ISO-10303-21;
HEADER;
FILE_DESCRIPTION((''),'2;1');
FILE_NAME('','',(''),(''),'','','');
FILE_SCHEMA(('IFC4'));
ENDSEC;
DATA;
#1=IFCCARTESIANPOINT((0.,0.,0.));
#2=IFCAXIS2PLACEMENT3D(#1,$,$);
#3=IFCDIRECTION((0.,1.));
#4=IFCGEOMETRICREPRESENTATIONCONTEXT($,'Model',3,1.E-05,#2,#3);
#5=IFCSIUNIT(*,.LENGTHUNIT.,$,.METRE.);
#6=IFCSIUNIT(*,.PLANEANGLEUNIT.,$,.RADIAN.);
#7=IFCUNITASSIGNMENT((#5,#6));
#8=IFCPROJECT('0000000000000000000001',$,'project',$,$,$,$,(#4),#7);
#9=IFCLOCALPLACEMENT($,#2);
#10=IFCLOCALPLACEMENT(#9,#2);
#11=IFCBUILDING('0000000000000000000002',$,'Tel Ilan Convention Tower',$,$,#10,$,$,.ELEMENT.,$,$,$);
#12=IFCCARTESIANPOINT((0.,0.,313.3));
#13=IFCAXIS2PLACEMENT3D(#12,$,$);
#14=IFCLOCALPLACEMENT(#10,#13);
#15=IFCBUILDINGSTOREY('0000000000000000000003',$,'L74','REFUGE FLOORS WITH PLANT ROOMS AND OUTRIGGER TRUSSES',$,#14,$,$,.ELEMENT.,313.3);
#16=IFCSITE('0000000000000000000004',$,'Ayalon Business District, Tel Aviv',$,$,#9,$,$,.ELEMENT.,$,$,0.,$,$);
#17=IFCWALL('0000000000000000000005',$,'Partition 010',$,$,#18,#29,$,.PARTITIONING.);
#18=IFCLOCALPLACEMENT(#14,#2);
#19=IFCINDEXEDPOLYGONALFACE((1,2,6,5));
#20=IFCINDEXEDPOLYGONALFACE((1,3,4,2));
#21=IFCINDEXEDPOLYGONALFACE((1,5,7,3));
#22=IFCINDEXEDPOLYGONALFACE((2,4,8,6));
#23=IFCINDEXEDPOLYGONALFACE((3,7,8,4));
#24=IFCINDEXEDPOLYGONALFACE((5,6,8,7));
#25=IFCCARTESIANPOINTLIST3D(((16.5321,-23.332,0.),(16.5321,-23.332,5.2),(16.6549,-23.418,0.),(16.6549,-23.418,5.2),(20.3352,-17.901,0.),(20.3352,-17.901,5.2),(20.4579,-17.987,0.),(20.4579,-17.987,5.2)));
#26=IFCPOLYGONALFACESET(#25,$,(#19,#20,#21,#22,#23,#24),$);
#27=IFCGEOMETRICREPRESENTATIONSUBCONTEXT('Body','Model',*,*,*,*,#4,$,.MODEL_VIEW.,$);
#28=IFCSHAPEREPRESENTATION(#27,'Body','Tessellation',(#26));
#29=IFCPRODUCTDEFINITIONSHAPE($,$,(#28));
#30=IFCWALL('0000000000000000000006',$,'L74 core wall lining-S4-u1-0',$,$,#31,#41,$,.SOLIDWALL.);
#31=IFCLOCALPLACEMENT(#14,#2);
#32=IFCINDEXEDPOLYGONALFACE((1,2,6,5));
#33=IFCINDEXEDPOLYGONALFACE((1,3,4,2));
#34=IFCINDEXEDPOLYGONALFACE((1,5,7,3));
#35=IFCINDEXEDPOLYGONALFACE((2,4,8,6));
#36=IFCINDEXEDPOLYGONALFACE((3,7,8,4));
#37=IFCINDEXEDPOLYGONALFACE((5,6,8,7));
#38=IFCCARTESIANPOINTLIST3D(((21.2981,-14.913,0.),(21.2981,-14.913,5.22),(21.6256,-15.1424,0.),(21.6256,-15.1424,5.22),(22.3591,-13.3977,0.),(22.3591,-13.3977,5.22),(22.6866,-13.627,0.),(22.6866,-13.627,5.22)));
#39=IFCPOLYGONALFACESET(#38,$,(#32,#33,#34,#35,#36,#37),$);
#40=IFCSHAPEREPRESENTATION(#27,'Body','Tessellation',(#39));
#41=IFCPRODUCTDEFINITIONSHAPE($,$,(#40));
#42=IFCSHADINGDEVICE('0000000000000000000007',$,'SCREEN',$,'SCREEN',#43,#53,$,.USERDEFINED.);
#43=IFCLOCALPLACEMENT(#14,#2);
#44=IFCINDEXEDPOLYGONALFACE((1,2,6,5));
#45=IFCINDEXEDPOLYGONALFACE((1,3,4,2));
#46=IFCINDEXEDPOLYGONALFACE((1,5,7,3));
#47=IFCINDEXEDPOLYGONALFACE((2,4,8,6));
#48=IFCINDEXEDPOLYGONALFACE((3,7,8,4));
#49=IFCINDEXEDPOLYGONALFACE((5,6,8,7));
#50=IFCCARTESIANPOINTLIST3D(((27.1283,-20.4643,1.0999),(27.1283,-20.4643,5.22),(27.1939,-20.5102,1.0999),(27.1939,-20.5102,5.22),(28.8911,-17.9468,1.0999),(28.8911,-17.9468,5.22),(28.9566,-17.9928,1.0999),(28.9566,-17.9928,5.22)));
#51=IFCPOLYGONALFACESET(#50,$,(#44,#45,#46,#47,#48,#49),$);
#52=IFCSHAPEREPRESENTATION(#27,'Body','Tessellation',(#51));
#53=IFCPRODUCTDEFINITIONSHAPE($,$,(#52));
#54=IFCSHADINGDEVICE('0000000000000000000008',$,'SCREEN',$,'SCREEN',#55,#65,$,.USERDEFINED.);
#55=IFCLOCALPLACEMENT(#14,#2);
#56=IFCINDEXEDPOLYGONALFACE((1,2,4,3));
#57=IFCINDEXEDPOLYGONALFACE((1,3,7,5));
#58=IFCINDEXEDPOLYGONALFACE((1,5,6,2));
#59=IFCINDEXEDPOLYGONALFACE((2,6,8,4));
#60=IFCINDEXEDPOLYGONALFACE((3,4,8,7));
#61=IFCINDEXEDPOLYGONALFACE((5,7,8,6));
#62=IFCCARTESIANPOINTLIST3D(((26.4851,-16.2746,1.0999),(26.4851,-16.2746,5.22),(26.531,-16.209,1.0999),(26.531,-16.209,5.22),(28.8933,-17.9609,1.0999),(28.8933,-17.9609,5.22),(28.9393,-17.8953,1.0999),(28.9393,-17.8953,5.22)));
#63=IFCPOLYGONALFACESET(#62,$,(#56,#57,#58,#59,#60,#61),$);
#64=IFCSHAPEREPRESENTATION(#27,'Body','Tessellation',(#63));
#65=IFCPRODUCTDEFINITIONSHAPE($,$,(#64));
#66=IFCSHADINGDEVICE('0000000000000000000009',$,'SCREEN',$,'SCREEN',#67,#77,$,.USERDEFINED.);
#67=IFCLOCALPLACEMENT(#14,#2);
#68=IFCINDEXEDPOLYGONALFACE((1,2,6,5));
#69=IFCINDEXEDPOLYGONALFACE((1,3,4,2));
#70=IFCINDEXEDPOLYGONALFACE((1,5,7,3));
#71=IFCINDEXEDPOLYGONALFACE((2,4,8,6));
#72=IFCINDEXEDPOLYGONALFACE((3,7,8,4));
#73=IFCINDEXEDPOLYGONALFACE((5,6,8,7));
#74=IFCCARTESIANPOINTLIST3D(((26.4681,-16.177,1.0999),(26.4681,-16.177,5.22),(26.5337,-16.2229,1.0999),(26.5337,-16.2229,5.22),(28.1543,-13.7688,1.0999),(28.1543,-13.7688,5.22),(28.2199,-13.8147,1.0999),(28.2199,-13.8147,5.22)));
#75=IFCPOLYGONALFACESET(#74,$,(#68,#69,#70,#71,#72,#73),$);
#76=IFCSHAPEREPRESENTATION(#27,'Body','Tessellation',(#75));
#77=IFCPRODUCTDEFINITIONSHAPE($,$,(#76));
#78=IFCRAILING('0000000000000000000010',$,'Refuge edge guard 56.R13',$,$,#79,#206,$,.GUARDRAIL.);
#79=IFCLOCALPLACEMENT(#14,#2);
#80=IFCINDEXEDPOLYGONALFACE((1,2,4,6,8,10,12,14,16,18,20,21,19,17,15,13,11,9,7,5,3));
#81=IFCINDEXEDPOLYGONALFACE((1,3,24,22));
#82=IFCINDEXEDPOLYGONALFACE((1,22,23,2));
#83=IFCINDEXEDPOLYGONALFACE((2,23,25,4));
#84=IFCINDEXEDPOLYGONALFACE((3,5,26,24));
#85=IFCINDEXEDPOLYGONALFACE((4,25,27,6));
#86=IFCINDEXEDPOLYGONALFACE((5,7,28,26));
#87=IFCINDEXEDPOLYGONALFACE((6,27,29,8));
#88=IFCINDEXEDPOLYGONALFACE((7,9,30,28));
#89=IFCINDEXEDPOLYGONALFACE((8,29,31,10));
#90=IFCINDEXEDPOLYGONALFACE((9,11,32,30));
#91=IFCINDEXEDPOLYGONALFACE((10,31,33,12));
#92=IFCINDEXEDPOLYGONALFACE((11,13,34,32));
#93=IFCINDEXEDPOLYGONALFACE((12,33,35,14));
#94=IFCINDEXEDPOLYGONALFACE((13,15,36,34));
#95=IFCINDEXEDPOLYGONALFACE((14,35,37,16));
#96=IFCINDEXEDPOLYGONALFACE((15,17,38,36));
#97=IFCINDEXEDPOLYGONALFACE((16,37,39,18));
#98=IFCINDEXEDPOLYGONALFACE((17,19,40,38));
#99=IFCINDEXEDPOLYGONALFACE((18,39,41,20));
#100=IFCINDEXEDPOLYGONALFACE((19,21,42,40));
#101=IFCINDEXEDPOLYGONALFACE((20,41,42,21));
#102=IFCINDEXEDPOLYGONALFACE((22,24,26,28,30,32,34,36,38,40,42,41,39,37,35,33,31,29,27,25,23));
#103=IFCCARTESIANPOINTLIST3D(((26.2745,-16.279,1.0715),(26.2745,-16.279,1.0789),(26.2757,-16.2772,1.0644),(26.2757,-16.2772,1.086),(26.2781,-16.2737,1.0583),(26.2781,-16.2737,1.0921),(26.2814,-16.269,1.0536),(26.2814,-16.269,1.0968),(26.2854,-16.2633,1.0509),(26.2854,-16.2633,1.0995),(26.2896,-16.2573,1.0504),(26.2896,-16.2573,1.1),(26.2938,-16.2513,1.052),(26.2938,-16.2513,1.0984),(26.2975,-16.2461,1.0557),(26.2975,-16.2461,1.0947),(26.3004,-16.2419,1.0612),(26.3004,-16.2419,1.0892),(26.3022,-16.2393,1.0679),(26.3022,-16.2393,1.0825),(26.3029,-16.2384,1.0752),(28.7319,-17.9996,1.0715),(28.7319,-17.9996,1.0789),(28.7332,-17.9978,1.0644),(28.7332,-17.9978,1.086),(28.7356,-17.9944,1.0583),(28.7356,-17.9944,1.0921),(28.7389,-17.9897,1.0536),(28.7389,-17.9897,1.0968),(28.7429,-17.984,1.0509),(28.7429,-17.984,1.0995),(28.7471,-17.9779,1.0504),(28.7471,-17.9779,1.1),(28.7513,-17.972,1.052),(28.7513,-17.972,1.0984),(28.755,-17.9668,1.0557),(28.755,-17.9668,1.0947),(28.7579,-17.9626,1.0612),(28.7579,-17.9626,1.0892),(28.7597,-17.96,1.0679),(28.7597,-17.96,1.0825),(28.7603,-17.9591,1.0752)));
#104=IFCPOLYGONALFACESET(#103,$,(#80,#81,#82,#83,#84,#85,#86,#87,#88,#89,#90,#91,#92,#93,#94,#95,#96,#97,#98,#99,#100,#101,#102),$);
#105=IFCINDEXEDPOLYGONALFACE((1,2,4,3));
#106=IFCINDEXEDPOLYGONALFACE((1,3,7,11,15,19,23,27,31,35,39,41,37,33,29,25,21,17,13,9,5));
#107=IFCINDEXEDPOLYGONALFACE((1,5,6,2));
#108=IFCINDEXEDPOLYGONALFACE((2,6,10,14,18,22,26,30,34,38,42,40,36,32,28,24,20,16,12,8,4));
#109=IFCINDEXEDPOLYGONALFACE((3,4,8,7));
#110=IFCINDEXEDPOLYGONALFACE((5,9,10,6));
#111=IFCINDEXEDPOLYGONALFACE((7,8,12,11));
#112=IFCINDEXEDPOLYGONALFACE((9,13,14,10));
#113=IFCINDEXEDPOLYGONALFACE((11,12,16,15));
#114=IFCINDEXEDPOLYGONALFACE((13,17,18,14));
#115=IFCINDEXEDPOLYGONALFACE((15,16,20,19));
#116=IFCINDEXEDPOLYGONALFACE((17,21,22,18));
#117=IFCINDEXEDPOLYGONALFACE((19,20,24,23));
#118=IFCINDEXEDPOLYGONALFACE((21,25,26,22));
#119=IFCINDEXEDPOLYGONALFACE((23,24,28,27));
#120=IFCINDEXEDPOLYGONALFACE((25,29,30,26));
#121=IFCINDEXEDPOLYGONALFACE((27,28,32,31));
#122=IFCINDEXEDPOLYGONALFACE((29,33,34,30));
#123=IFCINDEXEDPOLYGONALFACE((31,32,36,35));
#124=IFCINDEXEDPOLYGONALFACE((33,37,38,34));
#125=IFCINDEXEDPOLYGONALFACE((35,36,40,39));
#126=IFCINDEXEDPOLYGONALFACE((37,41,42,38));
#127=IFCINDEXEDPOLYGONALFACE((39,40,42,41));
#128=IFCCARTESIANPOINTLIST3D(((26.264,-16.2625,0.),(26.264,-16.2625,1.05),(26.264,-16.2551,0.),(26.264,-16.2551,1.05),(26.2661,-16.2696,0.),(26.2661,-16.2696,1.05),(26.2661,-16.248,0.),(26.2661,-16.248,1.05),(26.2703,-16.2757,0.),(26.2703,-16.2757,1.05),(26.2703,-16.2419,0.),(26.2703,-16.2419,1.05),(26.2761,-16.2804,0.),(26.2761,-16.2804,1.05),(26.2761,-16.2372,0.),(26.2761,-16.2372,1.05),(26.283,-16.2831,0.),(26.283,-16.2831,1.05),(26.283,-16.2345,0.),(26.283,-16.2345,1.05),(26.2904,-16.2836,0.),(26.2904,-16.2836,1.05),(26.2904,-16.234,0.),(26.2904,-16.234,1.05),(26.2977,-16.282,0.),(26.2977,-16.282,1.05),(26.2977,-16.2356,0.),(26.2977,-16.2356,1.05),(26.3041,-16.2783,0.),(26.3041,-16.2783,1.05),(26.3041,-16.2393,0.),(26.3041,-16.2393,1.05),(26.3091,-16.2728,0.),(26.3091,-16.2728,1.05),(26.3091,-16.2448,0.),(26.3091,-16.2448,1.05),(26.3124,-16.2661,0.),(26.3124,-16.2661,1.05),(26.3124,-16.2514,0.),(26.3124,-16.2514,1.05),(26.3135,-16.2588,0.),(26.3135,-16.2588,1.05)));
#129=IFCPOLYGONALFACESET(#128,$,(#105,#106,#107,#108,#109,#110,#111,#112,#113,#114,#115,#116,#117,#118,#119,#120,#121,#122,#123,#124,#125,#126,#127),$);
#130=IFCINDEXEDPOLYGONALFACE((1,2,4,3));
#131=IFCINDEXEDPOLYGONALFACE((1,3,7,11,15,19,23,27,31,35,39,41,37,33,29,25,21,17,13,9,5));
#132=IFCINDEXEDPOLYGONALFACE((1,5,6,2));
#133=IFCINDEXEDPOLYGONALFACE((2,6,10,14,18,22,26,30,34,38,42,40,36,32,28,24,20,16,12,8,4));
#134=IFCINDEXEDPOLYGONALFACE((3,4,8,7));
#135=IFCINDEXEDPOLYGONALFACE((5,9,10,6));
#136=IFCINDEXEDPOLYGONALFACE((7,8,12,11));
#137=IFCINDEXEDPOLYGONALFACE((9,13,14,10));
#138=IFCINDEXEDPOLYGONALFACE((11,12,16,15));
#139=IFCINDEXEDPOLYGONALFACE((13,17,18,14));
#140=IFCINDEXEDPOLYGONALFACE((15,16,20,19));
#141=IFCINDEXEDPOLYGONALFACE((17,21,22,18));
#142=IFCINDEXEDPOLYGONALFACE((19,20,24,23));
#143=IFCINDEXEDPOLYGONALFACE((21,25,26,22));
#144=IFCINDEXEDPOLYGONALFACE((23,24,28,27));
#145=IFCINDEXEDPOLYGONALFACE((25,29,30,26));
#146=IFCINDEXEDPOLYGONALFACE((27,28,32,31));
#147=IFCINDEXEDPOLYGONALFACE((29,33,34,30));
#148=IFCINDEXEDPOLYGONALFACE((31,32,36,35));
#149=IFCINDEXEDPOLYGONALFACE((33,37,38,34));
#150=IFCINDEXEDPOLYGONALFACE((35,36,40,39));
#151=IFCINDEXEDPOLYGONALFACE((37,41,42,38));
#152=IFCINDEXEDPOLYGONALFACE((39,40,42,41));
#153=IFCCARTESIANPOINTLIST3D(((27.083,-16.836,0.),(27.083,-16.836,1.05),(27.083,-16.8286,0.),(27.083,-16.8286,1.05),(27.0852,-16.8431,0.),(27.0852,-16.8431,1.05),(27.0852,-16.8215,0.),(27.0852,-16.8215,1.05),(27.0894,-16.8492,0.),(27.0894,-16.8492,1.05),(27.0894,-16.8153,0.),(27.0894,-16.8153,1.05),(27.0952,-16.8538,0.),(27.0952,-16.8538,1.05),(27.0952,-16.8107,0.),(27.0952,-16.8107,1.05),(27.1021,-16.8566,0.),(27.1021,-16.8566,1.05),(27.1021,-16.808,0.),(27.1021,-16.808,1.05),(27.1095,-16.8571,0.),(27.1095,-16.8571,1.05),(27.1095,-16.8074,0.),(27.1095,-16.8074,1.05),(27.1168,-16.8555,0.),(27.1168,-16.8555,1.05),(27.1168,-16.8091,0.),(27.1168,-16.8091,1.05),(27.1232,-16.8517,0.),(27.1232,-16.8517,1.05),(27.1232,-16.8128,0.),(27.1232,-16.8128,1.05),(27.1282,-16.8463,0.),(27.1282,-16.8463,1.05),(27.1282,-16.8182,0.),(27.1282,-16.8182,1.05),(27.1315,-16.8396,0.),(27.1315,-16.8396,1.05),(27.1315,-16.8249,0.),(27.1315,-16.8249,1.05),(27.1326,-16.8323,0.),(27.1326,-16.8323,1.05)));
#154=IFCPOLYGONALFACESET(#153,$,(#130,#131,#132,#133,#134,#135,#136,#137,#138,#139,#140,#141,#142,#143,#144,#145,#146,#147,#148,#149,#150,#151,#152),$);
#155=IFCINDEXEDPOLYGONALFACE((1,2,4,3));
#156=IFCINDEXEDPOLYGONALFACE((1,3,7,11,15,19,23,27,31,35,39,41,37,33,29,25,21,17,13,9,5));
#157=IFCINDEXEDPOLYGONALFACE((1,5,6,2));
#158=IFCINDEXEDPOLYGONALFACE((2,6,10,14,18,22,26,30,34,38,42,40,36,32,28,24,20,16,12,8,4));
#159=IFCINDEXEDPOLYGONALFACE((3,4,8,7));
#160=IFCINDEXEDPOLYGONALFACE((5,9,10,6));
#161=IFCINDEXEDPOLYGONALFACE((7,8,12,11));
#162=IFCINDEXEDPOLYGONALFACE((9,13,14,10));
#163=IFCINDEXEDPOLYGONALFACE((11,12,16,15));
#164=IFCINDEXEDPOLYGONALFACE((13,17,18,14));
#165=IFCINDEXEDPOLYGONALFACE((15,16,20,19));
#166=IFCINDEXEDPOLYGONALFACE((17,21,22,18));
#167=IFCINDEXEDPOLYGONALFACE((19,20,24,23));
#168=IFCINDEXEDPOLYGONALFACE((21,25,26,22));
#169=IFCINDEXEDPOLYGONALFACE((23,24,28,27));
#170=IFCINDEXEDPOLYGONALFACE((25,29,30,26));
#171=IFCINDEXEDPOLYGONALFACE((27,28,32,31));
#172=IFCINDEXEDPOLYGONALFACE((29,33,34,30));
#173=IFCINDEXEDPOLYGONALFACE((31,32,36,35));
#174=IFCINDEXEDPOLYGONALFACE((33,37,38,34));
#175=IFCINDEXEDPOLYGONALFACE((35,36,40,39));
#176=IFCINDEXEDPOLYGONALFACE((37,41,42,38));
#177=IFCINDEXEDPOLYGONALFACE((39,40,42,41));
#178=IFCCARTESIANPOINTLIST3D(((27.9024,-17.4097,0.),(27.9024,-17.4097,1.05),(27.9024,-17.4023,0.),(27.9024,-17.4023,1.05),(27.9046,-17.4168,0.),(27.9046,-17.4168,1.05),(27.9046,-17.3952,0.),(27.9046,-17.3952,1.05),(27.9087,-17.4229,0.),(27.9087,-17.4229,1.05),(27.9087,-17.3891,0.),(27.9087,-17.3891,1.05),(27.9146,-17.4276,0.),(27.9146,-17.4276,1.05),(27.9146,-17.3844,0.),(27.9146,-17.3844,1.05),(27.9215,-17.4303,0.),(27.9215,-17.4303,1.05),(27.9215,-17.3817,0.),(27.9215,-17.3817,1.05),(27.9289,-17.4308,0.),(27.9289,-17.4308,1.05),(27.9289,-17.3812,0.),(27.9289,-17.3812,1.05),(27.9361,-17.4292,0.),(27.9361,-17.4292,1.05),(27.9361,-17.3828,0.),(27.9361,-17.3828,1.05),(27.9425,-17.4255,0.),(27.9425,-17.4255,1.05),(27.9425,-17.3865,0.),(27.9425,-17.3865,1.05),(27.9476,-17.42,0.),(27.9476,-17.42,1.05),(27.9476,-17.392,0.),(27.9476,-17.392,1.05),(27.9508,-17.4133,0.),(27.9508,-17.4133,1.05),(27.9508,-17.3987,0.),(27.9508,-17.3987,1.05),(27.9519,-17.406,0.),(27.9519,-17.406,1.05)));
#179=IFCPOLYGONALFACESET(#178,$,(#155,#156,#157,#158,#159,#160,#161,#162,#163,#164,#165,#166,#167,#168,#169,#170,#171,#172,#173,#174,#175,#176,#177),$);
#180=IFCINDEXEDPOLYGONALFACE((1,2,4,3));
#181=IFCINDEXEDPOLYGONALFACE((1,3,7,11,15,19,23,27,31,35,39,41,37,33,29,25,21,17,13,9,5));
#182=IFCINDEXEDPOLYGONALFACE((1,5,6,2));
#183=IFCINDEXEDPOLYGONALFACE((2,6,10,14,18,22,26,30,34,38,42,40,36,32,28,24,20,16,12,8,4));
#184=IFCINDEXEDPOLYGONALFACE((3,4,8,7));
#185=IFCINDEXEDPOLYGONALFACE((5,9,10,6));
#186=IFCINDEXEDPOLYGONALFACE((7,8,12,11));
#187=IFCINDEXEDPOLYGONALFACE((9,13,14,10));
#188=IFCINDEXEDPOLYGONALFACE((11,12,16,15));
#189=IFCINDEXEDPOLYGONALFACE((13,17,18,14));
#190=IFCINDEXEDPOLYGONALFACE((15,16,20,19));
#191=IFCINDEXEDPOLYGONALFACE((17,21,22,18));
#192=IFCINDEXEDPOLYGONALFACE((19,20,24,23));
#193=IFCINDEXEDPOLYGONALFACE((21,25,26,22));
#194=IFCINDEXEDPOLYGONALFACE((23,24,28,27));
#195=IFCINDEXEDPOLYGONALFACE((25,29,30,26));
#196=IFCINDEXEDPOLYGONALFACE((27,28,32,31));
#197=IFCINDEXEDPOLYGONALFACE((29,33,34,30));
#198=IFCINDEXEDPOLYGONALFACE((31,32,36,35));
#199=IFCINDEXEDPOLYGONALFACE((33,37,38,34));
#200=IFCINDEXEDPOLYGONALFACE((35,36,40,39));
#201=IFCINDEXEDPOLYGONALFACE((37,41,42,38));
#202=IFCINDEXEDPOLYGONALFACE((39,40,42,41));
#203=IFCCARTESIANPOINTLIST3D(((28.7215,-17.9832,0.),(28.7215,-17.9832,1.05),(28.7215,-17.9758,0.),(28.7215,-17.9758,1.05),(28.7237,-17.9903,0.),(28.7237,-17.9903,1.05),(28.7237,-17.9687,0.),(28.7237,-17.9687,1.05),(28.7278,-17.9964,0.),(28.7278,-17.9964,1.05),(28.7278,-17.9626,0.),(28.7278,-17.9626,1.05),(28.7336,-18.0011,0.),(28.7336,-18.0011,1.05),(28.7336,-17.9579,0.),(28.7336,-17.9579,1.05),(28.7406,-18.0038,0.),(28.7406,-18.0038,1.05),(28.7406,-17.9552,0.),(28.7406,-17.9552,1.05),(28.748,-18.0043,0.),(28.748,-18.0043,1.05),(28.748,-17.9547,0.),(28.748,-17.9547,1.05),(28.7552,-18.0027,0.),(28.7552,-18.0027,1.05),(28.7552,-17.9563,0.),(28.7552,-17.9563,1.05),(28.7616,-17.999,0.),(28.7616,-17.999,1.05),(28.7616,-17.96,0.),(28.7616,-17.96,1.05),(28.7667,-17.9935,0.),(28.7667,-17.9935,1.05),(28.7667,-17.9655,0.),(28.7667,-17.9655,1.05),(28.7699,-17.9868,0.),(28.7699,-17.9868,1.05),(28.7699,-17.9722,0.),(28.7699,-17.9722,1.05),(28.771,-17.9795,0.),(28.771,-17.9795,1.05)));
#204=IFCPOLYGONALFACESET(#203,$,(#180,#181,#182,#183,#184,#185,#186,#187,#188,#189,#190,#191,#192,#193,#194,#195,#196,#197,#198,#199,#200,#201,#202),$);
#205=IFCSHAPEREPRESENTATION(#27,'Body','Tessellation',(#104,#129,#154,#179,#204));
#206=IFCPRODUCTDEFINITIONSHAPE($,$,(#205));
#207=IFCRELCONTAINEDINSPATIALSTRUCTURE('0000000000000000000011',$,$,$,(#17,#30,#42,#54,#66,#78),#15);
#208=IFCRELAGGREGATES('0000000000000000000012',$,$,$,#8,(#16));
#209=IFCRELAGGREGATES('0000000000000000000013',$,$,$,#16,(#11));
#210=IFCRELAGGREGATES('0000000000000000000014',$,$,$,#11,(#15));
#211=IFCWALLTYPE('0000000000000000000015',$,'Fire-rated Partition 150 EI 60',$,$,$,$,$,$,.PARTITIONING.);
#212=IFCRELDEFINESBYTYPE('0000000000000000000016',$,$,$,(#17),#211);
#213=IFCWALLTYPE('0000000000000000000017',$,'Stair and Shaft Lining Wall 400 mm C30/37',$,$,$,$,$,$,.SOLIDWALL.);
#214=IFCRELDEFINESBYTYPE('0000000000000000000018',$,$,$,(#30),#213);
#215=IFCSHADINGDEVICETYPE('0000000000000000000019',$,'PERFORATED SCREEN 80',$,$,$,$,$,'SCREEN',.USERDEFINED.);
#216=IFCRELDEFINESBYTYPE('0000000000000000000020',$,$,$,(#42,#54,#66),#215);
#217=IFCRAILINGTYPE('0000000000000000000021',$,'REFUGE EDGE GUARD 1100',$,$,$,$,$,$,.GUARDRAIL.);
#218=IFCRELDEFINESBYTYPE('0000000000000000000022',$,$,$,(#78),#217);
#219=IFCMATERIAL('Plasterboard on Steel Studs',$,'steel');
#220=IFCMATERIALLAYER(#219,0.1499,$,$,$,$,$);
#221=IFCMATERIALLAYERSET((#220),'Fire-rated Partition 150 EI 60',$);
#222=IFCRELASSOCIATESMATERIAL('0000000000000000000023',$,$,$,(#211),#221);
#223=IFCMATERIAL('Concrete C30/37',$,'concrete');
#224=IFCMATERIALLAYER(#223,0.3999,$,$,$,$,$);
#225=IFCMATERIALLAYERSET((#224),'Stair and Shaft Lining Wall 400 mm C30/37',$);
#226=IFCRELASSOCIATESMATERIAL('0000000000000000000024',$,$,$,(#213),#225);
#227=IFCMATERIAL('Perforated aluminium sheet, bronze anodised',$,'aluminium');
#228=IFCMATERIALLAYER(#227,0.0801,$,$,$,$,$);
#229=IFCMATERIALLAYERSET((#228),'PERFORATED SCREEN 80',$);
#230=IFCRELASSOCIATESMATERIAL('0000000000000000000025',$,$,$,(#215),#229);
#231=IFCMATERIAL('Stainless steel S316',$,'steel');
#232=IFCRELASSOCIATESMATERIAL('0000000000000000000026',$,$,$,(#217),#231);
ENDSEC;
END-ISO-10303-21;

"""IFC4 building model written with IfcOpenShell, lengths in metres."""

from ifc_helpers import new_model, si_unit, direction, frame, frame_2d, origin, origin_2d, place, context, subcontext, project, spatial, rectangle, circle, extrude, material, layer, layer_set, type_object, element, save


model = new_model("IFC4")

# Units and contexts
model_context = context("Model", 3, precision=1e-05, world=origin(), true_north=direction((0.0, 1.0)))
body_context = subcontext(model_context, "Body", "Model", "MODEL_VIEW")
ifc_project = project(units=[si_unit("LENGTHUNIT", "METRE"), si_unit("PLANEANGLEUNIT", "RADIAN")], contexts=[model_context])

# Site, building, storey
site_placement = place(None, origin())
site = spatial("IfcSite", under=ifc_project, at=site_placement, Name="Ayalon Business District, Tel Aviv", CompositionType="ELEMENT", RefElevation=0.0)
building_placement = place(site_placement, origin())
building = spatial("IfcBuilding", under=site, at=building_placement, Name="Tel Ilan Convention Tower", CompositionType="ELEMENT")
storey_placement = place(building_placement, frame((0.0, 0.0, 313.3)))
storey = spatial("IfcBuildingStorey", under=building, at=storey_placement, Name="L74", Description="REFUGE FLOORS WITH PLANT ROOMS AND OUTRIGGER TRUSSES", CompositionType="ELEMENT", Elevation=313.3)

# Shared definitions
ifc_material_1 = material(Name="Plasterboard on Steel Studs", Category="steel")
ifc_layer_1 = layer(ifc_material_1, 0.1499)
ifc_layer_set_1 = layer_set([ifc_layer_1], Name="Fire-rated Partition 150 EI 60")
wall_type_1 = type_object("IfcWallType", Name="Fire-rated Partition 150 EI 60", PredefinedType="PARTITIONING", material=ifc_layer_set_1)

# Walls
wall_1_placement = place(storey_placement, frame((20.3965, -17.9441, 0.0), z_axis=(0.0, 0.0, 1.0), x_axis=(-0.573598, -0.819137, 0.0)))
element("IfcWall", 1, at=wall_1_placement, inside=storey, type_object=wall_type_1, Name="Partition 010", PredefinedType="PARTITIONING", context=body_context, shape_type="SweptSolid", body=[
    extrude(rectangle(XDim=6.6301, YDim=0.1499, at=frame_2d((3.3149, 0.0))), origin(), (0.0, 0.0, 1.0), 5.2),
])
ifc_material_2 = material(Name="Concrete C30/37", Category="concrete")
ifc_layer_2 = layer(ifc_material_2, 0.3999)
ifc_layer_set_2 = layer_set([ifc_layer_2], Name="Stair and Shaft Lining Wall 400 mm C30/37")
wall_type_2 = type_object("IfcWallType", Name="Stair and Shaft Lining Wall 400 mm C30/37", PredefinedType="SOLIDWALL", material=ifc_layer_set_2)
wall_2_placement = place(storey_placement, frame((21.4619, -15.0276, 0.0), z_axis=(0.0, 0.0, 1.0), x_axis=(0.57356, 0.819164, 0.0)))
element("IfcWall", 2, at=wall_2_placement, inside=storey, type_object=wall_type_2, Name="L74 core wall lining-S4-u1-0", PredefinedType="SOLIDWALL", context=body_context, shape_type="SweptSolid", body=[
    extrude(rectangle(XDim=1.8499, YDim=0.3999, at=frame_2d((0.9248, 0.0))), origin(), (0.0, 0.0, 1.0), 5.22),
])

# Shading devices
ifc_material_3 = material(Name="Perforated aluminium sheet, bronze anodised", Category="aluminium")
ifc_layer_3 = layer(ifc_material_3, 0.0801)
ifc_layer_set_3 = layer_set([ifc_layer_3], Name="PERFORATED SCREEN 80")
shading_device_type_1 = type_object("IfcShadingDeviceType", Name="PERFORATED SCREEN 80", ElementType="SCREEN", PredefinedType="USERDEFINED", material=ifc_layer_set_3)
shading_device_placement = place(storey_placement, frame((28.0425, -19.2285, 1.0999), z_axis=(0.0, 0.0, 1.0), x_axis=(0.573576, 0.819152, 0.0)))
element("IfcShadingDevice", 3, at=shading_device_placement, inside=storey, type_object=shading_device_type_1, Name="SCREEN", ObjectType="SCREEN", PredefinedType="USERDEFINED", context=body_context, shape_type="SweptSolid", body=[
    extrude(rectangle(XDim=3.0732, YDim=0.0801, at=origin_2d()), origin(), (0.0, 0.0, 1.0), 4.1201),
])
for number, where, z_axis, x_axis, name in (
    (4, (27.7122, -17.085, 1.0999), (0.0, 0.0, 1.0), (-0.819152, 0.573576, 0.0), "SCREEN"),
    (5, (27.344, -14.9958, 1.0999), (0.0, 0.0, 1.0), (0.573576, 0.819152, 0.0), "SCREEN"),
):
    element("IfcShadingDevice", number, at=place(storey_placement, frame(where, z_axis=z_axis, x_axis=x_axis)), inside=storey, type_object=shading_device_type_1, Name=name, ObjectType="SCREEN", PredefinedType="USERDEFINED", context=body_context, shape_type="SweptSolid", body=[
        extrude(rectangle(XDim=2.9399, YDim=0.0801, at=origin_2d()), origin(), (0.0, 0.0, 1.0), 4.1201),
    ])

# Railing
ifc_material_4 = material(Name="Stainless steel S316", Category="steel")
railing_type = type_object("IfcRailingType", Name="REFUGE EDGE GUARD 1100", PredefinedType="GUARDRAIL", material=ifc_material_4)
railing_1_placement = place(storey_placement, frame((26.2886, -16.2588, 0.0)))
element("IfcRailing", 6, at=railing_1_placement, inside=storey, type_object=railing_type, Name="Refuge edge guard 56.R13", PredefinedType="GUARDRAIL", context=body_context, shape_type="SweptSolid", body=[
    extrude(circle(Radius=0.0249, at=origin_2d()), frame((0.0, 0.0, 1.0752), z_axis=(0.819163, -0.573561, 0.0), x_axis=(0.573561, 0.819163, 0.0)), (0.0, 0.0, 1.0), 3.0),
    extrude(circle(Radius=0.0249, at=origin_2d()), origin(), (0.0, 0.0, 1.0), 1.05),
    extrude(circle(Radius=0.0249, at=origin_2d()), frame((0.8191, -0.5735, 0.0)), (0.0, 0.0, 1.0), 1.05),
    extrude(circle(Radius=0.0249, at=origin_2d()), frame((1.6384, -1.1472, 0.0)), (0.0, 0.0, 1.0), 1.05),
    extrude(circle(Radius=0.0249, at=origin_2d()), frame((2.4575, -1.7207, 0.0)), (0.0, 0.0, 1.0), 1.05),
])

save(model, "model.ifc")
